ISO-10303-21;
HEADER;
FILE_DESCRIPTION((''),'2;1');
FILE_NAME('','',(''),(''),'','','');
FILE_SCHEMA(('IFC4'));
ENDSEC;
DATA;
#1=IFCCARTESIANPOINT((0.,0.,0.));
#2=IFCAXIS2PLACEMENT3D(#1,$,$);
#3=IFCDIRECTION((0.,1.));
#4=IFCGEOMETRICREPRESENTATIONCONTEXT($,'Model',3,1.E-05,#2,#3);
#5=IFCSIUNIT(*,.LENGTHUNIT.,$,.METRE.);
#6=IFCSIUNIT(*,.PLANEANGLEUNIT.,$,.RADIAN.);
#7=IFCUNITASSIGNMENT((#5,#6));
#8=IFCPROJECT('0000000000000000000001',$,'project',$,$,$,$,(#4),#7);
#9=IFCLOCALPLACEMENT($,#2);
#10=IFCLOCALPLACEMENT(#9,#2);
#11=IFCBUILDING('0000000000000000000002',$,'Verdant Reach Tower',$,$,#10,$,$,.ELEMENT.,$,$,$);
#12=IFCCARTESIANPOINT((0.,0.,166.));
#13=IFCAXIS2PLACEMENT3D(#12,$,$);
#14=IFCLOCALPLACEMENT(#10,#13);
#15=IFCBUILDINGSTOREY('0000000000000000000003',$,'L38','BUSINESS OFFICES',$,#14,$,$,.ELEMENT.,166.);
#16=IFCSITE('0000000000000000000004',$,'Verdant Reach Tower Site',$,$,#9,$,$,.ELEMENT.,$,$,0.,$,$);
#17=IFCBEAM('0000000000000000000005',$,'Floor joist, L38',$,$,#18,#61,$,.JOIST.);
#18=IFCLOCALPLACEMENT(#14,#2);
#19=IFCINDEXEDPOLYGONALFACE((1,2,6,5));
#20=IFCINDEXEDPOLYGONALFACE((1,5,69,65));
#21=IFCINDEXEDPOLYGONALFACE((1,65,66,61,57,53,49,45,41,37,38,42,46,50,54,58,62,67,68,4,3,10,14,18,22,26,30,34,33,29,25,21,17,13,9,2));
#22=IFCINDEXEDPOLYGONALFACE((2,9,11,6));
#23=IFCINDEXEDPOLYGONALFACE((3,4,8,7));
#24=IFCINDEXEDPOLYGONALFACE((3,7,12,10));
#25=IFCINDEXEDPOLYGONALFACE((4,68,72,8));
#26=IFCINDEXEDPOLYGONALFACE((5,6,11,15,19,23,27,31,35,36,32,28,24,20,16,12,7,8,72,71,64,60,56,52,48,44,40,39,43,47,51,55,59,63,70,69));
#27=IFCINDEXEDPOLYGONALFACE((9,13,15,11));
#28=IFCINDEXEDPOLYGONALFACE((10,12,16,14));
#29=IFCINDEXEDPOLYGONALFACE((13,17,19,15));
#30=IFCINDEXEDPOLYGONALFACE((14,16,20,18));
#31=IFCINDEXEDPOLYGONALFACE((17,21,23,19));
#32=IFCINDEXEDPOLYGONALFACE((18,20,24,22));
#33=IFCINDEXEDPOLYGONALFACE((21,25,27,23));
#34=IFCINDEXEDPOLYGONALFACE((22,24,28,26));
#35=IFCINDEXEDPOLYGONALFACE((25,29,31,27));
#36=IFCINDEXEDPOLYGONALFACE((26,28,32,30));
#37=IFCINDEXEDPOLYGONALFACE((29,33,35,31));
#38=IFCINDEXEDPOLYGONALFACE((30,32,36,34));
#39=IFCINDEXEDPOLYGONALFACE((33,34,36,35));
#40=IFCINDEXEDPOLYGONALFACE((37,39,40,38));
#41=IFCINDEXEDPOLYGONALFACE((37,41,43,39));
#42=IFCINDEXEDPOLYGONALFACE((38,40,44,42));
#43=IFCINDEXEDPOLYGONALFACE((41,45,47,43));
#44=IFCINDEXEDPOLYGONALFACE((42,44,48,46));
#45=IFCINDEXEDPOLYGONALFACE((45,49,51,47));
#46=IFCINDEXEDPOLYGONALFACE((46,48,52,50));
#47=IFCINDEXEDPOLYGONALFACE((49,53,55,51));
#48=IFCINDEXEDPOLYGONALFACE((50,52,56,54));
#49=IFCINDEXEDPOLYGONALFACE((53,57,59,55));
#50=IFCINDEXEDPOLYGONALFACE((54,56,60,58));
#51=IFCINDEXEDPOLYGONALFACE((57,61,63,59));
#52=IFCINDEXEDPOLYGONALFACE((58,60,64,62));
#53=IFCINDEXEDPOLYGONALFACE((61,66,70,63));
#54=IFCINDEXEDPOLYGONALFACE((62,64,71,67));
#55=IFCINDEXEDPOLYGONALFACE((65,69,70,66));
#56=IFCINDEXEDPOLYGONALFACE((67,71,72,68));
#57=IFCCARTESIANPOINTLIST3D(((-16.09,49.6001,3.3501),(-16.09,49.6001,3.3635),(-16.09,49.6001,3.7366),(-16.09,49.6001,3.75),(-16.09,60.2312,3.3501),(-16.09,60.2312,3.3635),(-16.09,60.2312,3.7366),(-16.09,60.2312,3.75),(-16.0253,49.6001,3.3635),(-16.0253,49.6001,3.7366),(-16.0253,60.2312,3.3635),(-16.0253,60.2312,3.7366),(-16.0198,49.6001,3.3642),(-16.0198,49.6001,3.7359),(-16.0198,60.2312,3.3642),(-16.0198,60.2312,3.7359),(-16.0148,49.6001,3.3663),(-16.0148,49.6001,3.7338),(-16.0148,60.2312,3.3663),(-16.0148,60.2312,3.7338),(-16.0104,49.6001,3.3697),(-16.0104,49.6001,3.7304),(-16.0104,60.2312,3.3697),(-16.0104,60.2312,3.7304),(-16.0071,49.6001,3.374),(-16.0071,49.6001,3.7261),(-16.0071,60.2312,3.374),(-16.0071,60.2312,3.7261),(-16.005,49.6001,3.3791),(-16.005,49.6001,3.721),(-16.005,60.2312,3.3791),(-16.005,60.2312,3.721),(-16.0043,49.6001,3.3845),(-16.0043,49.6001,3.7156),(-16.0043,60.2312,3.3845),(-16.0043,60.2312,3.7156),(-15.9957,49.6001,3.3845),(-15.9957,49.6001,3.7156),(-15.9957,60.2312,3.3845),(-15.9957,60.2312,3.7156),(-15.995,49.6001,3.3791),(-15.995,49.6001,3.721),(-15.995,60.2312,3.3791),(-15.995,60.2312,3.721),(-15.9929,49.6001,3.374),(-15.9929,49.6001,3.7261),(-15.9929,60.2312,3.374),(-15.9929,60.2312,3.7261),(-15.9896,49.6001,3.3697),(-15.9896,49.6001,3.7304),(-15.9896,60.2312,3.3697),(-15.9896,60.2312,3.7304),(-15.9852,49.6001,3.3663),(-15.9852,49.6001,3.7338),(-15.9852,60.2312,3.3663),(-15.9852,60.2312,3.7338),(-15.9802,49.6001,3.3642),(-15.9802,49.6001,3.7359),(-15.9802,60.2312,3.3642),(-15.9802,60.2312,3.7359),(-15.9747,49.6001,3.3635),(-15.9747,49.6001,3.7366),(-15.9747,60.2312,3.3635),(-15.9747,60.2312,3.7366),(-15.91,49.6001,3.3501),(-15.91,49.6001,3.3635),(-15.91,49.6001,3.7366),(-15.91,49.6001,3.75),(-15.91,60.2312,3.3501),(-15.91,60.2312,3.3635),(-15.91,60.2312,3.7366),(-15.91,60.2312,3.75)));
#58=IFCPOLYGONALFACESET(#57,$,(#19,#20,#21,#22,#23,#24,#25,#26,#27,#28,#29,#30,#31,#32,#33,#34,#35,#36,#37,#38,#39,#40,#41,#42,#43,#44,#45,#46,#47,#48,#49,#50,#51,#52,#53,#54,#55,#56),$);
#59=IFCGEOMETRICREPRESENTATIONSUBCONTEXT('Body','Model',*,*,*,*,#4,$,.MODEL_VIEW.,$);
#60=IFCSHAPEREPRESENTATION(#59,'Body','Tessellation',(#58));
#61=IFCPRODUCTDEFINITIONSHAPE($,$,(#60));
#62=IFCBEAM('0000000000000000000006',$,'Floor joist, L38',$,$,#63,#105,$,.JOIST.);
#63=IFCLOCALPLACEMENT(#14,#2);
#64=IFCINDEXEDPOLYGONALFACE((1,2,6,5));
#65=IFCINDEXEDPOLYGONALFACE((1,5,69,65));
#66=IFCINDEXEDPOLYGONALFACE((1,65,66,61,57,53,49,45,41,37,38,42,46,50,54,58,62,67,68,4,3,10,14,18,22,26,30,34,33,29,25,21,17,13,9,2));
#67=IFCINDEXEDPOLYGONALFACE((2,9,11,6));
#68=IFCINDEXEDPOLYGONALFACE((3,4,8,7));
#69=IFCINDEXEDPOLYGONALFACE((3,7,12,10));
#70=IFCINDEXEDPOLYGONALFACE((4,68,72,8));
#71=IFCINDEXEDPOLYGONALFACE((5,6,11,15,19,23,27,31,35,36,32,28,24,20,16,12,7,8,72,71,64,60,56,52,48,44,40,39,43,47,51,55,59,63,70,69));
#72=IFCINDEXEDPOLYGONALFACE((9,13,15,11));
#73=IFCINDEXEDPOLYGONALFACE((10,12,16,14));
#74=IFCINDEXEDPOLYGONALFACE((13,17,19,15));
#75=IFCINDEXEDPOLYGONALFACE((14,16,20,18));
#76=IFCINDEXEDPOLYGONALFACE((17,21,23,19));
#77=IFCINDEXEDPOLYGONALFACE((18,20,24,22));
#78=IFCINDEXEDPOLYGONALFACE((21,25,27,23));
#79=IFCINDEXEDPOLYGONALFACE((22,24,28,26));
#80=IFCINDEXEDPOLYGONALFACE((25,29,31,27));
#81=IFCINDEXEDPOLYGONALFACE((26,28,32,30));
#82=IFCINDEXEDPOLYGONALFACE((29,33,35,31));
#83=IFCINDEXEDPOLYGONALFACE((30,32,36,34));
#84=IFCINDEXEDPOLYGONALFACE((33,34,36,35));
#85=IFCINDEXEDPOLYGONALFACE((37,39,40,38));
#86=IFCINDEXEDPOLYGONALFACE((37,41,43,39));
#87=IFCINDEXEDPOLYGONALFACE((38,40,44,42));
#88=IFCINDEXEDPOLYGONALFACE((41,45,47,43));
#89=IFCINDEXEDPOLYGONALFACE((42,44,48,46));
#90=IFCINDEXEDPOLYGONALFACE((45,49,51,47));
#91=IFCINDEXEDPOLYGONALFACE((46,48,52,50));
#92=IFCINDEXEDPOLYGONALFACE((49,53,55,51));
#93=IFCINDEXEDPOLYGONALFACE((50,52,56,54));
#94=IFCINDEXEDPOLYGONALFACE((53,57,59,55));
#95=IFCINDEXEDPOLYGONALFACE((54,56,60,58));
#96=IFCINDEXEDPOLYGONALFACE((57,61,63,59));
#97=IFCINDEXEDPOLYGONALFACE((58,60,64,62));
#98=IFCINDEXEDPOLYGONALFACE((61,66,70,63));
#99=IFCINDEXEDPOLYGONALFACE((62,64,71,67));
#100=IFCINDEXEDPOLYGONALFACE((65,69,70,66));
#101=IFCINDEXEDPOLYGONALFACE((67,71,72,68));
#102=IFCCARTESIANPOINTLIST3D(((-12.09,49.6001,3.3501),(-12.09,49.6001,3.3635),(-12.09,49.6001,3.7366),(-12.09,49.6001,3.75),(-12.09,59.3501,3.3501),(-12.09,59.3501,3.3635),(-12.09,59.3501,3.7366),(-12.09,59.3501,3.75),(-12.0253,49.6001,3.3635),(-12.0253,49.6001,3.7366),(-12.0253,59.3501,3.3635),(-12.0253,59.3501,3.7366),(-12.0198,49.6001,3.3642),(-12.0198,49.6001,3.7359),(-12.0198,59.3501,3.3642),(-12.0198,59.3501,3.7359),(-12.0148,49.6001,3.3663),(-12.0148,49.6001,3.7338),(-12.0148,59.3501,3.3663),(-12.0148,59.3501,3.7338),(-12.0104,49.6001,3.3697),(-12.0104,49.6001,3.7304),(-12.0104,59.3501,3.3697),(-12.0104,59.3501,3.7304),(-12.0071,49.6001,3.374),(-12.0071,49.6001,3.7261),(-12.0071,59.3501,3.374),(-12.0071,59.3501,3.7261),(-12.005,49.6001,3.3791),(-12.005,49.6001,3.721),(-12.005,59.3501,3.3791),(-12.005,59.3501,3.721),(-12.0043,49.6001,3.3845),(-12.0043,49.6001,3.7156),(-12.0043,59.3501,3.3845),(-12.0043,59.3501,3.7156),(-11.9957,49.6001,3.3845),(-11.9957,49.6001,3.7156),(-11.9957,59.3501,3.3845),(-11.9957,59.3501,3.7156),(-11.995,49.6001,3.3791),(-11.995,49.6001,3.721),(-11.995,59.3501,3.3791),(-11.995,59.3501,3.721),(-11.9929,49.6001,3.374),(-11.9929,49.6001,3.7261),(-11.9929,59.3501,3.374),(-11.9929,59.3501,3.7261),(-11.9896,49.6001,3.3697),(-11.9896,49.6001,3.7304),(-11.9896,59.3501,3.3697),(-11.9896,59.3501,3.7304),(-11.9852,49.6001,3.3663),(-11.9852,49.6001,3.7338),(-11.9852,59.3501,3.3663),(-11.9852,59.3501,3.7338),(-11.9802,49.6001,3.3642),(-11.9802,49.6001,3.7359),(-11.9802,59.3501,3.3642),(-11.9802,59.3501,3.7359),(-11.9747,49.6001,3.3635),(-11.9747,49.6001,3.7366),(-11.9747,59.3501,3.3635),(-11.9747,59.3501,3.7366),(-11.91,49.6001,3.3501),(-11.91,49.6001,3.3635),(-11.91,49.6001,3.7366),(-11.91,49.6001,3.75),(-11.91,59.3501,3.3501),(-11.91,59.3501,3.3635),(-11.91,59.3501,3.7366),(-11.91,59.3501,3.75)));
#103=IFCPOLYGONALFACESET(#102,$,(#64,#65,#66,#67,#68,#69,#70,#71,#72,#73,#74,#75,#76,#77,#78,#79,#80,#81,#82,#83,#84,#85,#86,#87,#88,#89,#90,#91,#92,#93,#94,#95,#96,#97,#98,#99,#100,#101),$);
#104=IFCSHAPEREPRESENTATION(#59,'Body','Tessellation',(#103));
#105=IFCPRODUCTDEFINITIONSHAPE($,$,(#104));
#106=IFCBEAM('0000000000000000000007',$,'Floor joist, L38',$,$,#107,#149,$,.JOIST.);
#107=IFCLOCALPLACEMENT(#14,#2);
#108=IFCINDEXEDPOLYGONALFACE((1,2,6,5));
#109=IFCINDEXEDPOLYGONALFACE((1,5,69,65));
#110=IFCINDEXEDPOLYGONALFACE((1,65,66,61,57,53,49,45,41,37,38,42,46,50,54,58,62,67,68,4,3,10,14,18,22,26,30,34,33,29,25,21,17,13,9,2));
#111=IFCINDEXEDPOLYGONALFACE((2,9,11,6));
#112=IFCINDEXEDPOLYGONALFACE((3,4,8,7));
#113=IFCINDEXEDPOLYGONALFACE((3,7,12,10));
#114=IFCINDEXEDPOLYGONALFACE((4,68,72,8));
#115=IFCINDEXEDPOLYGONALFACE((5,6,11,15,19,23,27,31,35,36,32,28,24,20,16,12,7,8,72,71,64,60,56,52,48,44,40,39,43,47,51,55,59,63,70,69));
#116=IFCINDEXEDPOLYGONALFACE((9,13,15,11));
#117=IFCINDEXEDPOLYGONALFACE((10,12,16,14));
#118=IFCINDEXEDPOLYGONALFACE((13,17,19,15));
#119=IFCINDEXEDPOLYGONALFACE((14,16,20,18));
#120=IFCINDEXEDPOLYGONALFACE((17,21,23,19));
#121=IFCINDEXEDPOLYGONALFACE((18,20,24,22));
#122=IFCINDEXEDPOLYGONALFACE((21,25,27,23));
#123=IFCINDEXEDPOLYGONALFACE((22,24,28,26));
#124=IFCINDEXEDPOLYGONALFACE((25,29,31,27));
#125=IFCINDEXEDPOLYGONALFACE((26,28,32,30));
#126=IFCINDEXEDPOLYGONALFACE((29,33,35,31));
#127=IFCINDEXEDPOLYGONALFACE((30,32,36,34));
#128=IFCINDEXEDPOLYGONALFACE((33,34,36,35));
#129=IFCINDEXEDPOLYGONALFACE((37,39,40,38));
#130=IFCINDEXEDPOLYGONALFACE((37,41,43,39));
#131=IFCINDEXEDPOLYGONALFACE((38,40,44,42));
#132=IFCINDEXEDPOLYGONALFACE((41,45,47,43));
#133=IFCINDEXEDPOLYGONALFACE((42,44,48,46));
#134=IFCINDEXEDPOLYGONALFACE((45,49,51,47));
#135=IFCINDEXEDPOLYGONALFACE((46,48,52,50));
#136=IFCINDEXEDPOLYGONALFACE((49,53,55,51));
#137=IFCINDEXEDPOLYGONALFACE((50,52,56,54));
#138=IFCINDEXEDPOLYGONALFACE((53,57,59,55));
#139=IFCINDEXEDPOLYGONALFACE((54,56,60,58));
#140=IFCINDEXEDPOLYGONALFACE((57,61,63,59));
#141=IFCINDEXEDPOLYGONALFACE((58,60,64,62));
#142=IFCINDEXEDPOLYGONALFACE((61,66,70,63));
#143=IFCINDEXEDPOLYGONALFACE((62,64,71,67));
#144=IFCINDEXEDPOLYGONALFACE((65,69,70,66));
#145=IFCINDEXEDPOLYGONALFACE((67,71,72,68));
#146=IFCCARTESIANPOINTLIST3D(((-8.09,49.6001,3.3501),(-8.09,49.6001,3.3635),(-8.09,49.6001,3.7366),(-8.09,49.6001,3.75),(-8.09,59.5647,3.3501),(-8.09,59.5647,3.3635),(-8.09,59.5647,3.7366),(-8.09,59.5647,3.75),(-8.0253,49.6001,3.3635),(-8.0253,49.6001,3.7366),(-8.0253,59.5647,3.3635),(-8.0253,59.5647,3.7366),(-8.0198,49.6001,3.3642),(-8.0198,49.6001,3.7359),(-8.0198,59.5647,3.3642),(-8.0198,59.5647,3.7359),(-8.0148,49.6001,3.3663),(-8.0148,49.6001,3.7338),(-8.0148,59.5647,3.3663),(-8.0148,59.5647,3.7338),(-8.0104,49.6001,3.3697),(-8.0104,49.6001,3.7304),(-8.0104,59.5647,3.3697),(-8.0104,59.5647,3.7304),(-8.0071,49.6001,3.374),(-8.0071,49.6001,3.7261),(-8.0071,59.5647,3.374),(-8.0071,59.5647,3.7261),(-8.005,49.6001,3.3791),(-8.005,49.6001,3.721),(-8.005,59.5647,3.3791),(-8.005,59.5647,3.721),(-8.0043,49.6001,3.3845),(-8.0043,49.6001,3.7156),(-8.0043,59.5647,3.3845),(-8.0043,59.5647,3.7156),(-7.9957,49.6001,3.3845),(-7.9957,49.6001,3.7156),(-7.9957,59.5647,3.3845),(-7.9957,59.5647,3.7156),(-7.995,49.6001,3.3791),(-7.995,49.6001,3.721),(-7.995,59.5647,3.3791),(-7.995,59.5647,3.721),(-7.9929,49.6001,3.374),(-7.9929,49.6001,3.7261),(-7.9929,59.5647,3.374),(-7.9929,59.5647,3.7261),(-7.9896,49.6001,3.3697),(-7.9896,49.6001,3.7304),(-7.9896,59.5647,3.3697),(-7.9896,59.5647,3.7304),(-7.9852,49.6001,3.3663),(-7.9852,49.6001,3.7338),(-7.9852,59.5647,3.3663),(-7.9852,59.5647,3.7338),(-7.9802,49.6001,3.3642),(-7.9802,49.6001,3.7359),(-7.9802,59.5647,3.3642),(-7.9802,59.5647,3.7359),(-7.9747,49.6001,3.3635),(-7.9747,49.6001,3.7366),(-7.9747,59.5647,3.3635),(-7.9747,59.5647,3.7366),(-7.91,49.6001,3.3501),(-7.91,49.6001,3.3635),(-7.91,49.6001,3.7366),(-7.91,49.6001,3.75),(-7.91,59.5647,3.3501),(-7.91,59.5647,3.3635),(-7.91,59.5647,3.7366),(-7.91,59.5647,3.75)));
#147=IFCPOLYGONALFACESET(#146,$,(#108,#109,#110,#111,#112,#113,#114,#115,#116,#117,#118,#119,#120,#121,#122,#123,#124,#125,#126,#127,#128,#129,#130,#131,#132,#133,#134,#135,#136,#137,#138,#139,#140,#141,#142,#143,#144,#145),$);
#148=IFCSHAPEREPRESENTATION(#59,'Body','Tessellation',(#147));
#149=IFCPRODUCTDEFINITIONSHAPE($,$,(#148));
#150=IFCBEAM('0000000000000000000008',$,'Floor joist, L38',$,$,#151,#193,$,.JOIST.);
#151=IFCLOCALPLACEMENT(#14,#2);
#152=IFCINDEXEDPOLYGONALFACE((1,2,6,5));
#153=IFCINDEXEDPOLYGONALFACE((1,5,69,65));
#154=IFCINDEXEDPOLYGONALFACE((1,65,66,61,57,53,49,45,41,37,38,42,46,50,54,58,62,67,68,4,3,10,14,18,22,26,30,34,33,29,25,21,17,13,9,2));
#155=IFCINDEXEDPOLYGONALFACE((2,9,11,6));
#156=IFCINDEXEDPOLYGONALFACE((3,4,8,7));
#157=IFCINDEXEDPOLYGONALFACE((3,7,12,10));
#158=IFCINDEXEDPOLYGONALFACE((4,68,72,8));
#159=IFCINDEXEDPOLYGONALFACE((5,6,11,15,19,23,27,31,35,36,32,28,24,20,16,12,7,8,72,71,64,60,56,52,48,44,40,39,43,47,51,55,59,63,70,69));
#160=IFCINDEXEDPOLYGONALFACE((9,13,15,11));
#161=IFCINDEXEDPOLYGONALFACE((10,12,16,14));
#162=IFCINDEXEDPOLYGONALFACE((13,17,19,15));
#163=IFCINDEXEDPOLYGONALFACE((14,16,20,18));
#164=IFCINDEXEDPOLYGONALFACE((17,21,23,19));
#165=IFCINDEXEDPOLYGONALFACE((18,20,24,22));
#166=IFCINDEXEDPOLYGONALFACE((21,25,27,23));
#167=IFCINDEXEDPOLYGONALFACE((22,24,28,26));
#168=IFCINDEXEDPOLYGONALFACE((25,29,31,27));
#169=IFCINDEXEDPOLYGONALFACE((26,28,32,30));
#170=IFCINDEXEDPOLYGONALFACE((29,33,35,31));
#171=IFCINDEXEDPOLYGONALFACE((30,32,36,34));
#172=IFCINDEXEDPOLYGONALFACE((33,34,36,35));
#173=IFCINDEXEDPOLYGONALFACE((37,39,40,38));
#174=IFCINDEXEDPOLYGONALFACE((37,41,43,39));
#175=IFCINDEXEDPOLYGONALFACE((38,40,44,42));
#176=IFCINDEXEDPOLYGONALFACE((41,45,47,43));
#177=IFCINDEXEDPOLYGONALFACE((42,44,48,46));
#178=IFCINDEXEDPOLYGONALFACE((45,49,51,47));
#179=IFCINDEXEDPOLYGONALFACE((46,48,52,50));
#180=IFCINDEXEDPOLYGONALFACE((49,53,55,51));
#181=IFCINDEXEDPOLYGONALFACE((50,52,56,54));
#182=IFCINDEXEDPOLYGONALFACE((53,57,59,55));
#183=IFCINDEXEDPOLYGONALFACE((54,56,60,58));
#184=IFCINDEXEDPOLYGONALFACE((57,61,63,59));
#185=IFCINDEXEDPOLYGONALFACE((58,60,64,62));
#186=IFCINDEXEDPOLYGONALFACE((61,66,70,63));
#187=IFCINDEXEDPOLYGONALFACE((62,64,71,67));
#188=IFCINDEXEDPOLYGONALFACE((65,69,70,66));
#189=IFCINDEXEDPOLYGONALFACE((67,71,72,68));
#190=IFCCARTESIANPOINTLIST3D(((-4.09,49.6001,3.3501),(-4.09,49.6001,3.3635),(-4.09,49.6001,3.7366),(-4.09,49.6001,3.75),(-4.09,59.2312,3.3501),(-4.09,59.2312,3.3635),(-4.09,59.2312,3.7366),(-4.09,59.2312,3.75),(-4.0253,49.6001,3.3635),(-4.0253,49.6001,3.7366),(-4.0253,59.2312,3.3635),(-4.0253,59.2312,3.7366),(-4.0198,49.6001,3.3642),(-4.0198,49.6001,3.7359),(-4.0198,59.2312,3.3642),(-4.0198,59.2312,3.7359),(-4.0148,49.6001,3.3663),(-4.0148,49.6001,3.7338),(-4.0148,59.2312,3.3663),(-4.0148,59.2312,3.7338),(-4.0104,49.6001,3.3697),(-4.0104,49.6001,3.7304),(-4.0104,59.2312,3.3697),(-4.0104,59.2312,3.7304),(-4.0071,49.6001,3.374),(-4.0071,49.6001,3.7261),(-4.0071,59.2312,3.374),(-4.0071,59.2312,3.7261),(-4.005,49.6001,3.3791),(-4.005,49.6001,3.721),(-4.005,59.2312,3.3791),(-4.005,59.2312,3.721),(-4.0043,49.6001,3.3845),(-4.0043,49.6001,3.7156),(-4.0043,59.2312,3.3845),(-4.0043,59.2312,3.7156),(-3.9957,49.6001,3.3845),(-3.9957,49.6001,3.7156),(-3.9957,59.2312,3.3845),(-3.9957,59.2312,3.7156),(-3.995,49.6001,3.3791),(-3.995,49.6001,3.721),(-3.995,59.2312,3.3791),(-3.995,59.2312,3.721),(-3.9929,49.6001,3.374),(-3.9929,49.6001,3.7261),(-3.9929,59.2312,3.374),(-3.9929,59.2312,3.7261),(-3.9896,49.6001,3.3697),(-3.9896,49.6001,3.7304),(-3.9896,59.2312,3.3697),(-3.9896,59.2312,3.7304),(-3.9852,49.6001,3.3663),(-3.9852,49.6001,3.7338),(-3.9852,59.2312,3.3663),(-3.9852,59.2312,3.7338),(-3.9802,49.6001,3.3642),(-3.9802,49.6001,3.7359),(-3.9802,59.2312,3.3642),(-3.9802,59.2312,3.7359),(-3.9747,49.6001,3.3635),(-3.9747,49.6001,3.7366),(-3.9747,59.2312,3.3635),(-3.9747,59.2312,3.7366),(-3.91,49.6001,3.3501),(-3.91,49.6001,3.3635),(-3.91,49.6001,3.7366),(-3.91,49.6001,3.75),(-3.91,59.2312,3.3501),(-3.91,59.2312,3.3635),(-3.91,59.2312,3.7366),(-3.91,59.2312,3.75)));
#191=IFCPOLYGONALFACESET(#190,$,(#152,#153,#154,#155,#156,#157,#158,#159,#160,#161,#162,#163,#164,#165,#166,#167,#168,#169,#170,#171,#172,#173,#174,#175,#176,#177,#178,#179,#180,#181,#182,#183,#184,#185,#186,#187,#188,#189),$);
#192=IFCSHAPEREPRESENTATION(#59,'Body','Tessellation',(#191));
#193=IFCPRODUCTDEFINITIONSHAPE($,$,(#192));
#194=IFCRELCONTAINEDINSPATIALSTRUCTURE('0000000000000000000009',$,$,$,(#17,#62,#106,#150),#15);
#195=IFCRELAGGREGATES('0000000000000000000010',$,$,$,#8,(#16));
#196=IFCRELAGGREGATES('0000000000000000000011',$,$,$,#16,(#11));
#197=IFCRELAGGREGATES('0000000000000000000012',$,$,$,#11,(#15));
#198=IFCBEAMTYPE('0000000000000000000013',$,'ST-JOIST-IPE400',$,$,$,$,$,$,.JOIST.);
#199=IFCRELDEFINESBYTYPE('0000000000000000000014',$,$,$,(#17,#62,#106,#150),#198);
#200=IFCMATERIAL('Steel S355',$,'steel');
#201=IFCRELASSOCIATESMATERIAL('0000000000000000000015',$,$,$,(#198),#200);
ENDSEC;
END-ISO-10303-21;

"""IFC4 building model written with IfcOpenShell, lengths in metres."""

from ifc_helpers import new_model, si_unit, direction, frame, origin, origin_2d, place, context, subcontext, project, spatial, i_section, extrude, material, material_profile, profile_set, type_object, element, save


model = new_model("IFC4")

# Units and contexts
model_context = context("Model", 3, precision=1e-05, world=origin(), true_north=direction((0.0, 1.0)))
body_context = subcontext(model_context, "Body", "Model", "MODEL_VIEW")
ifc_project = project(units=[si_unit("LENGTHUNIT", "METRE"), si_unit("PLANEANGLEUNIT", "RADIAN")], contexts=[model_context])

# Site, building, storey
site_placement = place(None, origin())
site = spatial("IfcSite", under=ifc_project, at=site_placement, Name="Verdant Reach Tower Site", CompositionType="ELEMENT", RefElevation=0.0)
building_placement = place(site_placement, origin())
building = spatial("IfcBuilding", under=site, at=building_placement, Name="Verdant Reach Tower", CompositionType="ELEMENT")
storey_placement = place(building_placement, frame((0.0, 0.0, 166.0)))
storey = spatial("IfcBuildingStorey", under=building, at=storey_placement, Name="L38", Description="BUSINESS OFFICES", CompositionType="ELEMENT", Elevation=166.0)

# Beams
ifc_material_1 = material(Name="Steel S355", Category="steel")
ifc_material_profile_1 = material_profile(ifc_material_1, i_section(OverallWidth=0.1799, OverallDepth=0.3999, WebThickness=0.0085, FlangeThickness=0.0134, FilletRadius=0.021, at=origin_2d()), Name="IPE 400")
ifc_profile_set_1 = profile_set([ifc_material_profile_1], Name="Steel S355")
beam_type_1 = type_object("IfcBeamType", Name="ST-JOIST-IPE400", PredefinedType="JOIST", material=ifc_profile_set_1)
beam_1_placement = place(storey_placement, frame((-16.0, 49.6001, 3.55), z_axis=(0.0, 1.0, 0.0), x_axis=(-1.0, 0.0, 0.0)))
element("IfcBeam", 1, at=beam_1_placement, inside=storey, type_object=beam_type_1, Name="Floor joist, L38", PredefinedType="JOIST", context=body_context, shape_type="SweptSolid", body=[
    extrude(i_section(OverallWidth=0.1799, OverallDepth=0.3999, WebThickness=0.0085, FlangeThickness=0.0134, FilletRadius=0.021, at=origin_2d()), origin(), (0.0, 0.0, 1.0), 10.6311),
])
beam_2_placement = place(storey_placement, frame((-12.0, 49.6001, 3.55), z_axis=(0.0, 1.0, 0.0), x_axis=(-1.0, 0.0, 0.0)))
element("IfcBeam", 2, at=beam_2_placement, inside=storey, type_object=beam_type_1, Name="Floor joist, L38", PredefinedType="JOIST", context=body_context, shape_type="SweptSolid", body=[
    extrude(i_section(OverallWidth=0.1799, OverallDepth=0.3999, WebThickness=0.0085, FlangeThickness=0.0134, FilletRadius=0.021, at=origin_2d()), origin(), (0.0, 0.0, 1.0), 9.75),
])
beam_3_placement = place(storey_placement, frame((-8.0, 49.6001, 3.55), z_axis=(0.0, 1.0, 0.0), x_axis=(-1.0, 0.0, 0.0)))
element("IfcBeam", 3, at=beam_3_placement, inside=storey, type_object=beam_type_1, Name="Floor joist, L38", PredefinedType="JOIST", context=body_context, shape_type="SweptSolid", body=[
    extrude(i_section(OverallWidth=0.1799, OverallDepth=0.3999, WebThickness=0.0085, FlangeThickness=0.0134, FilletRadius=0.021, at=origin_2d()), origin(), (0.0, 0.0, 1.0), 9.9646),
])
beam_4_placement = place(storey_placement, frame((-4.0, 49.6001, 3.55), z_axis=(0.0, 1.0, 0.0), x_axis=(-1.0, 0.0, 0.0)))
element("IfcBeam", 4, at=beam_4_placement, inside=storey, type_object=beam_type_1, Name="Floor joist, L38", PredefinedType="JOIST", context=body_context, shape_type="SweptSolid", body=[
    extrude(i_section(OverallWidth=0.1799, OverallDepth=0.3999, WebThickness=0.0085, FlangeThickness=0.0134, FilletRadius=0.021, at=origin_2d()), origin(), (0.0, 0.0, 1.0), 9.6311),
])

save(model, "model.ifc")
